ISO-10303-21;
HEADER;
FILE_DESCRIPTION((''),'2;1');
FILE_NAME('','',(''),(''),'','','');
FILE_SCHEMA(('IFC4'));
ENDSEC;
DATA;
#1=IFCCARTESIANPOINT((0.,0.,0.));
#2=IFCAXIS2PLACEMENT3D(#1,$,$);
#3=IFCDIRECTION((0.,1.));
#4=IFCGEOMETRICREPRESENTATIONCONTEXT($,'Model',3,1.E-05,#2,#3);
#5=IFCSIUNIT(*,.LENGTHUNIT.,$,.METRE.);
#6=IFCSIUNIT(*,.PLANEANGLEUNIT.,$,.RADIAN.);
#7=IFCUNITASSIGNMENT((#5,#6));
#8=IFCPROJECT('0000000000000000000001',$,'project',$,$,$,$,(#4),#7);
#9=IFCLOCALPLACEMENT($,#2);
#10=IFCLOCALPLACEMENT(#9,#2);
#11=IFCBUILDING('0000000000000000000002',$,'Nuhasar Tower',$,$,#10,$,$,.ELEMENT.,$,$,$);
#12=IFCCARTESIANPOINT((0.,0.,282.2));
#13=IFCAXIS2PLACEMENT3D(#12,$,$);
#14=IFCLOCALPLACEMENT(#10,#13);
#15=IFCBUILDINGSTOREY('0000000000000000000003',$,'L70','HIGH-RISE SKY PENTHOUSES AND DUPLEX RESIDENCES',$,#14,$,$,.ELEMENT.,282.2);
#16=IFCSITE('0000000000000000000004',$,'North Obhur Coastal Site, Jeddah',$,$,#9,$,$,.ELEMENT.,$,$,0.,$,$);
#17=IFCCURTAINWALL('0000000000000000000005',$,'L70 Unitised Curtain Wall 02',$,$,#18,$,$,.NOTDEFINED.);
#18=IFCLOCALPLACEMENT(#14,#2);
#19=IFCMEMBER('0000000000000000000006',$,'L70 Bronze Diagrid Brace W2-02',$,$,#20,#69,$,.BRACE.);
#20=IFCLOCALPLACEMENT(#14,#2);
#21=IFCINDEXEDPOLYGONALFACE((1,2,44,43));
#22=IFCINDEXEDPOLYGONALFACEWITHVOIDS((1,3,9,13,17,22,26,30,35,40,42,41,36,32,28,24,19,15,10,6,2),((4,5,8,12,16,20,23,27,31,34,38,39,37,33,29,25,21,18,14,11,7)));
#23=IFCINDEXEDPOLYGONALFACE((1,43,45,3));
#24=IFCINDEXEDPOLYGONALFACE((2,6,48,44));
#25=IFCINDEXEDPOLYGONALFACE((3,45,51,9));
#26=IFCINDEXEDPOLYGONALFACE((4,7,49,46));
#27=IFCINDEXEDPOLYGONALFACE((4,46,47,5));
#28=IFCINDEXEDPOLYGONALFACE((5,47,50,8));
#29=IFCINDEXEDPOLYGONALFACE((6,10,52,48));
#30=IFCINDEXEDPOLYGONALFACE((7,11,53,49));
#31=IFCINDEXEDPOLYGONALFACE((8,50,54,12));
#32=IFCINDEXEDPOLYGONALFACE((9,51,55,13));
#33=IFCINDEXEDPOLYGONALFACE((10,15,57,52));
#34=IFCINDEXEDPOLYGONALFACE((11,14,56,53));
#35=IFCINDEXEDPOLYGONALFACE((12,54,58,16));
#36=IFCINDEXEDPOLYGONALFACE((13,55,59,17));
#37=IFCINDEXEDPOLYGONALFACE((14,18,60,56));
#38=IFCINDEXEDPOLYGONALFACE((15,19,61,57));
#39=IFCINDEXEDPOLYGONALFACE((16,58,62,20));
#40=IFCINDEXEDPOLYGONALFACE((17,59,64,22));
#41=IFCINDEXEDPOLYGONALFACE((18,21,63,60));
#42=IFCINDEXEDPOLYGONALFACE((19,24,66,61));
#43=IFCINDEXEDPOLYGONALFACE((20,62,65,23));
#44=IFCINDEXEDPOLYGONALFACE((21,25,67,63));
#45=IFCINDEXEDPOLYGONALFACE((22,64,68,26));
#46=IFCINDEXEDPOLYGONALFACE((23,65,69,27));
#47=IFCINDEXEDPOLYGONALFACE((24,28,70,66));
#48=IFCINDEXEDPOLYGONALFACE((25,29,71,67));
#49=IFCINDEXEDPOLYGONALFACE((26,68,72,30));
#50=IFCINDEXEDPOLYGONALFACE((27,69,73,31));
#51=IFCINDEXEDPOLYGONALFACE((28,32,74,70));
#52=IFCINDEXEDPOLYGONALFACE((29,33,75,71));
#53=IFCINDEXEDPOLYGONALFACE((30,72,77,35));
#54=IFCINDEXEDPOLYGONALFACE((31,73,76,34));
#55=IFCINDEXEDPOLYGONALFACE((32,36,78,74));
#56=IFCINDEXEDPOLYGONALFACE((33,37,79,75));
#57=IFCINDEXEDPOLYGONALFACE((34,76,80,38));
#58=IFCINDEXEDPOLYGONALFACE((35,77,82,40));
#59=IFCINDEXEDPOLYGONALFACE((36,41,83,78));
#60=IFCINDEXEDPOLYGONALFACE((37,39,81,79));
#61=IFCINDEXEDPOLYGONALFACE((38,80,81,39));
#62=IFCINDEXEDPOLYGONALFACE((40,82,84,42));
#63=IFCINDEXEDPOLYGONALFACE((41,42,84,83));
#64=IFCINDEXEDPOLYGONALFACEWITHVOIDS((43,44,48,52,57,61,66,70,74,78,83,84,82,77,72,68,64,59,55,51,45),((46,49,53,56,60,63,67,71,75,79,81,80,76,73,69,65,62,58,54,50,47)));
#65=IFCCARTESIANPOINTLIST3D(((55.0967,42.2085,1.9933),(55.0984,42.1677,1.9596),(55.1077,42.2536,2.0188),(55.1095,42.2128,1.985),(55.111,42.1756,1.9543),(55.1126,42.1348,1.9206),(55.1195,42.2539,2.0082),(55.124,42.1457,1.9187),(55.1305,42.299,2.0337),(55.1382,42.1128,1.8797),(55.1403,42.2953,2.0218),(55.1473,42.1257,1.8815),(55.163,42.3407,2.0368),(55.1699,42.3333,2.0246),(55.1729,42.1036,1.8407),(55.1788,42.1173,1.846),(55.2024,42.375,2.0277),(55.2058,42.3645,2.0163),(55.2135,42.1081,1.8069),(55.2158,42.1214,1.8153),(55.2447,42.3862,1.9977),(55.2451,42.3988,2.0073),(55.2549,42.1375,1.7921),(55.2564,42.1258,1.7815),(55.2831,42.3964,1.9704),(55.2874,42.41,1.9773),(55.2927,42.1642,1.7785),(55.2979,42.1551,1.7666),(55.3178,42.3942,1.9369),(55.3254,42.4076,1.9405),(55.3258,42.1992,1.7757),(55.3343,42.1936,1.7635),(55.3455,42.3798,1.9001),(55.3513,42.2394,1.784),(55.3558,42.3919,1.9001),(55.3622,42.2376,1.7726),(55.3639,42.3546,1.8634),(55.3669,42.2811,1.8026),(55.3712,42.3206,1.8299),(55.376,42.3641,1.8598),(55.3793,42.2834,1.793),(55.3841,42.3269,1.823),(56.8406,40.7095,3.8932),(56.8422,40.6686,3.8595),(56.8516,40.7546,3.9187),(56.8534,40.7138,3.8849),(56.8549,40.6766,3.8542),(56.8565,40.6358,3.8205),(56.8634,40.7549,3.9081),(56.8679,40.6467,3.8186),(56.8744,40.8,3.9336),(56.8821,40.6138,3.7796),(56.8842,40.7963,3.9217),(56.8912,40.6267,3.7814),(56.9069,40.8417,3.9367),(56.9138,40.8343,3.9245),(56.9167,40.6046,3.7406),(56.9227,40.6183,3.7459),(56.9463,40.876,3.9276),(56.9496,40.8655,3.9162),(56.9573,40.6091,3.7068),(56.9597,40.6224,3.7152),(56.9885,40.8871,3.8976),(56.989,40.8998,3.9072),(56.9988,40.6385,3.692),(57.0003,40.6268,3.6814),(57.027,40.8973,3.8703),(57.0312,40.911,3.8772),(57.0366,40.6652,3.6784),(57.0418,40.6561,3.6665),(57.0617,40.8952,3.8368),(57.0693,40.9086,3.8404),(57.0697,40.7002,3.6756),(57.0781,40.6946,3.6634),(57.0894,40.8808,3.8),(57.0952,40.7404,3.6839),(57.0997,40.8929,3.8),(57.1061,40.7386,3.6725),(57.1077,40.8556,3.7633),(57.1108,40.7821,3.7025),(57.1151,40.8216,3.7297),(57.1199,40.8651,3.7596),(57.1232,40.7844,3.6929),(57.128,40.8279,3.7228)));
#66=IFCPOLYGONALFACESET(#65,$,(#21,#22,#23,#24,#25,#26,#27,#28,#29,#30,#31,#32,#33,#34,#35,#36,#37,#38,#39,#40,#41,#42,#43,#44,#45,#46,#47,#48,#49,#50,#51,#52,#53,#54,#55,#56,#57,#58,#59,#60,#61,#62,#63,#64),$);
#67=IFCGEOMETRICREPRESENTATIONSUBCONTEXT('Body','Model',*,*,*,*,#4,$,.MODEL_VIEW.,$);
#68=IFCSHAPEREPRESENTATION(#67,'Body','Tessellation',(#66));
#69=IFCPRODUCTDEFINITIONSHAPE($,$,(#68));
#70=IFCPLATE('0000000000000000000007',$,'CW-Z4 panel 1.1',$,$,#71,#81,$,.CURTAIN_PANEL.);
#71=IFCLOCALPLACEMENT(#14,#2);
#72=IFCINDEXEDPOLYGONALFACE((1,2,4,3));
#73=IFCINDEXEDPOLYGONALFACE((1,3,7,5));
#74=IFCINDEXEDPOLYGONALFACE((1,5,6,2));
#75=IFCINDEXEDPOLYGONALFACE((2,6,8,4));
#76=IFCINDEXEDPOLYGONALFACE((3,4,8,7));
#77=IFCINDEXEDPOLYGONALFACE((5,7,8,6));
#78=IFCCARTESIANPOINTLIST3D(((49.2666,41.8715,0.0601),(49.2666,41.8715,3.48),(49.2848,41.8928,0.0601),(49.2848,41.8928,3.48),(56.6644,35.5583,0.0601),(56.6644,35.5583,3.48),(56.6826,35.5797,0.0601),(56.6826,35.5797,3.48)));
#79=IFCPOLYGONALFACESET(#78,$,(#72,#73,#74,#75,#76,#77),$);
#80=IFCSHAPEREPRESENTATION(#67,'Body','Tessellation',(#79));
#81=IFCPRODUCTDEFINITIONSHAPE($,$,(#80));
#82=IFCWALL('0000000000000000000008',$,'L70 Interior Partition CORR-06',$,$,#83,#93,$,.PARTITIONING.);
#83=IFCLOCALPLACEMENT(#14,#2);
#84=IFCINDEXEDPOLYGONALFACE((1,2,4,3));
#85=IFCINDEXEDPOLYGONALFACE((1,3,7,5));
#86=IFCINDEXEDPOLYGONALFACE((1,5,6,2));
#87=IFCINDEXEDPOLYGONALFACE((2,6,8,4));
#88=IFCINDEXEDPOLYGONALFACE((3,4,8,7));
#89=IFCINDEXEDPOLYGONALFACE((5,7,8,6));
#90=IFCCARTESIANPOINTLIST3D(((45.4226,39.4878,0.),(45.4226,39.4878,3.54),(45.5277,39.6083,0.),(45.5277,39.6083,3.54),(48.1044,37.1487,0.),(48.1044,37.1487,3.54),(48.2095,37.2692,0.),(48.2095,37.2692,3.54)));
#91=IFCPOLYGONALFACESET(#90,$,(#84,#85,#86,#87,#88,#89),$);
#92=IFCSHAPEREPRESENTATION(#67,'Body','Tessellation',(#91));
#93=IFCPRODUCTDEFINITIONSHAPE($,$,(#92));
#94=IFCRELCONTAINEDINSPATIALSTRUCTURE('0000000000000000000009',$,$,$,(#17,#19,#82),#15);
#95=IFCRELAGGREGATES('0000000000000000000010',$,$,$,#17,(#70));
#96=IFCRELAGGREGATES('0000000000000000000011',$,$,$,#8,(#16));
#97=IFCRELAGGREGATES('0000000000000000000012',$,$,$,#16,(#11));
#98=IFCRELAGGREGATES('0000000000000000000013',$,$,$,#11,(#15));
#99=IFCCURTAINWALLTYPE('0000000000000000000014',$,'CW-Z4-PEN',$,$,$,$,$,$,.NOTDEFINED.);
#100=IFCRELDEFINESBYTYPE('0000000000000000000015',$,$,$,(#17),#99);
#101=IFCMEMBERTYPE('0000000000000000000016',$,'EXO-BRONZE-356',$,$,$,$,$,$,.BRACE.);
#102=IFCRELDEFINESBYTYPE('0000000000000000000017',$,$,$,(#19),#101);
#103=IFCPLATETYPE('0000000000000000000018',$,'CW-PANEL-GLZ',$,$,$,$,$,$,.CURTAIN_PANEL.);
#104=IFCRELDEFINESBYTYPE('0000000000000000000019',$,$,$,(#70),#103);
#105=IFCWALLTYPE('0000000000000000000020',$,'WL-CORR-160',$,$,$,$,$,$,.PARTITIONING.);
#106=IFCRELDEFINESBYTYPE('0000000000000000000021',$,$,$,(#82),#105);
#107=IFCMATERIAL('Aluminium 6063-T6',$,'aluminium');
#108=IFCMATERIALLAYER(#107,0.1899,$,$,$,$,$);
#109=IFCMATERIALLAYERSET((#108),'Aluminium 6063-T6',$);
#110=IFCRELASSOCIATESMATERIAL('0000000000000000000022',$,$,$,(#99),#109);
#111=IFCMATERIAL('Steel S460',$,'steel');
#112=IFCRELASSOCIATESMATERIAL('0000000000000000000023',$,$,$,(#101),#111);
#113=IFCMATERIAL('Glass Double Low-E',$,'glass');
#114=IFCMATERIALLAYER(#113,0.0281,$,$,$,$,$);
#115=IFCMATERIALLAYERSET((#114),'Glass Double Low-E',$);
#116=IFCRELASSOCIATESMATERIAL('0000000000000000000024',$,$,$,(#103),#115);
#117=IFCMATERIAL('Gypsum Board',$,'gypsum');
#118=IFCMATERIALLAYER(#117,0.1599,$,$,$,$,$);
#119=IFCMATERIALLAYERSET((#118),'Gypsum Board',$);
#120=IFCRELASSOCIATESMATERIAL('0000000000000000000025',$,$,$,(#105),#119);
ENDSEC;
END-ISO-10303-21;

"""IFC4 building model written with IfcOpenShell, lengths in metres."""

from ifc_helpers import new_model, si_unit, direction, frame, frame_2d, origin, origin_2d, place, context, subcontext, project, spatial, rectangle, hollow_circle, extrude, material, layer, layer_set, material_profile, profile_set, type_object, element, aggregate, save


model = new_model("IFC4")

# Units and contexts
model_context = context("Model", 3, precision=1e-05, world=origin(), true_north=direction((0.0, 1.0)))
body_context = subcontext(model_context, "Body", "Model", "MODEL_VIEW")
ifc_project = project(units=[si_unit("LENGTHUNIT", "METRE"), si_unit("PLANEANGLEUNIT", "RADIAN")], contexts=[model_context])

# Site, building, storey
site_placement = place(None, origin())
site = spatial("IfcSite", under=ifc_project, at=site_placement, Name="North Obhur Coastal Site, Jeddah", CompositionType="ELEMENT", RefElevation=0.0)
building_placement = place(site_placement, origin())
building = spatial("IfcBuilding", under=site, at=building_placement, Name="Nuhasar Tower", CompositionType="ELEMENT")
storey_placement = place(building_placement, frame((0.0, 0.0, 282.2)))
storey = spatial("IfcBuildingStorey", under=building, at=storey_placement, Name="L70", Description="HIGH-RISE SKY PENTHOUSES AND DUPLEX RESIDENCES", CompositionType="ELEMENT", Elevation=282.2)

# Shared definitions
ifc_material_1 = material(Name="Aluminium 6063-T6", Category="aluminium")
ifc_layer_1 = layer(ifc_material_1, 0.1899)
ifc_layer_set_1 = layer_set([ifc_layer_1], Name="Aluminium 6063-T6")
curtain_wall_type = type_object("IfcCurtainWallType", Name="CW-Z4-PEN", PredefinedType="NOTDEFINED", material=ifc_layer_set_1)

# Curtain wall
curtain_wall_1_placement = place(storey_placement, origin())
curtain_wall_1 = element("IfcCurtainWall", 1, at=curtain_wall_1_placement, inside=storey, type_object=curtain_wall_type, Name="L70 Unitised Curtain Wall 02", PredefinedType="NOTDEFINED")

# Member
ifc_material_2 = material(Name="Steel S460", Category="steel")
ifc_material_profile_1 = material_profile(ifc_material_2, hollow_circle(Radius=0.1777, WallThickness=0.0159, at=origin_2d()), Name="HSS355.6X15.9")
ifc_profile_set_1 = profile_set([ifc_material_profile_1], Name="Steel S460")
member_type_1 = type_object("IfcMemberType", Name="EXO-BRONZE-356", PredefinedType="BRACE", material=ifc_profile_set_1)
member_1_placement = place(storey_placement, frame((55.24, 42.2571, 1.9001), z_axis=(0.584625, -0.502534, 0.636925), x_axis=(0.651857, 0.758342, 0.0)))
element("IfcMember", 2, at=member_1_placement, inside=storey, type_object=member_type_1, Name="L70 Bronze Diagrid Brace W2-02", PredefinedType="BRACE", context=body_context, shape_type="SweptSolid", body=[
    extrude(hollow_circle(Radius=0.1777, WallThickness=0.0159, at=origin_2d()), origin(), (0.0, 0.0, 1.0), 2.9829),
])

# Plate
ifc_material_3 = material(Name="Glass Double Low-E", Category="glass")
ifc_layer_2 = layer(ifc_material_3, 0.0281)
ifc_layer_set_2 = layer_set([ifc_layer_2], Name="Glass Double Low-E")
plate_type = type_object("IfcPlateType", Name="CW-PANEL-GLZ", PredefinedType="CURTAIN_PANEL", material=ifc_layer_set_2)
plate_placement = place(storey_placement, frame((52.9746, 38.7256, 0.0601), z_axis=(0.0, 0.0, 1.0), x_axis=(-0.760667, 0.649142, 0.0)))
plate = element("IfcPlate", 3, at=plate_placement, type_object=plate_type, Name="CW-Z4 panel 1.1", PredefinedType="CURTAIN_PANEL", context=body_context, shape_type="SweptSolid", body=[
    extrude(rectangle(XDim=9.7253, YDim=0.0281, at=origin_2d()), origin(), (0.0, 0.0, 1.0), 3.4199),
])
aggregate(curtain_wall_1, [plate])

# Wall
ifc_material_4 = material(Name="Gypsum Board", Category="gypsum")
ifc_layer_3 = layer(ifc_material_4, 0.1599)
ifc_layer_set_3 = layer_set([ifc_layer_3], Name="Gypsum Board")
wall_type = type_object("IfcWallType", Name="WL-CORR-160", PredefinedType="PARTITIONING", material=ifc_layer_set_3)
wall_placement = place(storey_placement, frame((48.157, 37.209, 0.0), z_axis=(0.0, 0.0, 1.0), x_axis=(-0.753625, 0.657304, 0.0)))
element("IfcWall", 4, at=wall_placement, inside=storey, type_object=wall_type, Name="L70 Interior Partition CORR-06", PredefinedType="PARTITIONING", context=body_context, shape_type="SweptSolid", body=[
    extrude(rectangle(XDim=3.5586, YDim=0.1599, at=frame_2d((1.7793, 0.0))), origin(), (0.0, 0.0, 1.0), 3.54),
])

save(model, "model.ifc")
